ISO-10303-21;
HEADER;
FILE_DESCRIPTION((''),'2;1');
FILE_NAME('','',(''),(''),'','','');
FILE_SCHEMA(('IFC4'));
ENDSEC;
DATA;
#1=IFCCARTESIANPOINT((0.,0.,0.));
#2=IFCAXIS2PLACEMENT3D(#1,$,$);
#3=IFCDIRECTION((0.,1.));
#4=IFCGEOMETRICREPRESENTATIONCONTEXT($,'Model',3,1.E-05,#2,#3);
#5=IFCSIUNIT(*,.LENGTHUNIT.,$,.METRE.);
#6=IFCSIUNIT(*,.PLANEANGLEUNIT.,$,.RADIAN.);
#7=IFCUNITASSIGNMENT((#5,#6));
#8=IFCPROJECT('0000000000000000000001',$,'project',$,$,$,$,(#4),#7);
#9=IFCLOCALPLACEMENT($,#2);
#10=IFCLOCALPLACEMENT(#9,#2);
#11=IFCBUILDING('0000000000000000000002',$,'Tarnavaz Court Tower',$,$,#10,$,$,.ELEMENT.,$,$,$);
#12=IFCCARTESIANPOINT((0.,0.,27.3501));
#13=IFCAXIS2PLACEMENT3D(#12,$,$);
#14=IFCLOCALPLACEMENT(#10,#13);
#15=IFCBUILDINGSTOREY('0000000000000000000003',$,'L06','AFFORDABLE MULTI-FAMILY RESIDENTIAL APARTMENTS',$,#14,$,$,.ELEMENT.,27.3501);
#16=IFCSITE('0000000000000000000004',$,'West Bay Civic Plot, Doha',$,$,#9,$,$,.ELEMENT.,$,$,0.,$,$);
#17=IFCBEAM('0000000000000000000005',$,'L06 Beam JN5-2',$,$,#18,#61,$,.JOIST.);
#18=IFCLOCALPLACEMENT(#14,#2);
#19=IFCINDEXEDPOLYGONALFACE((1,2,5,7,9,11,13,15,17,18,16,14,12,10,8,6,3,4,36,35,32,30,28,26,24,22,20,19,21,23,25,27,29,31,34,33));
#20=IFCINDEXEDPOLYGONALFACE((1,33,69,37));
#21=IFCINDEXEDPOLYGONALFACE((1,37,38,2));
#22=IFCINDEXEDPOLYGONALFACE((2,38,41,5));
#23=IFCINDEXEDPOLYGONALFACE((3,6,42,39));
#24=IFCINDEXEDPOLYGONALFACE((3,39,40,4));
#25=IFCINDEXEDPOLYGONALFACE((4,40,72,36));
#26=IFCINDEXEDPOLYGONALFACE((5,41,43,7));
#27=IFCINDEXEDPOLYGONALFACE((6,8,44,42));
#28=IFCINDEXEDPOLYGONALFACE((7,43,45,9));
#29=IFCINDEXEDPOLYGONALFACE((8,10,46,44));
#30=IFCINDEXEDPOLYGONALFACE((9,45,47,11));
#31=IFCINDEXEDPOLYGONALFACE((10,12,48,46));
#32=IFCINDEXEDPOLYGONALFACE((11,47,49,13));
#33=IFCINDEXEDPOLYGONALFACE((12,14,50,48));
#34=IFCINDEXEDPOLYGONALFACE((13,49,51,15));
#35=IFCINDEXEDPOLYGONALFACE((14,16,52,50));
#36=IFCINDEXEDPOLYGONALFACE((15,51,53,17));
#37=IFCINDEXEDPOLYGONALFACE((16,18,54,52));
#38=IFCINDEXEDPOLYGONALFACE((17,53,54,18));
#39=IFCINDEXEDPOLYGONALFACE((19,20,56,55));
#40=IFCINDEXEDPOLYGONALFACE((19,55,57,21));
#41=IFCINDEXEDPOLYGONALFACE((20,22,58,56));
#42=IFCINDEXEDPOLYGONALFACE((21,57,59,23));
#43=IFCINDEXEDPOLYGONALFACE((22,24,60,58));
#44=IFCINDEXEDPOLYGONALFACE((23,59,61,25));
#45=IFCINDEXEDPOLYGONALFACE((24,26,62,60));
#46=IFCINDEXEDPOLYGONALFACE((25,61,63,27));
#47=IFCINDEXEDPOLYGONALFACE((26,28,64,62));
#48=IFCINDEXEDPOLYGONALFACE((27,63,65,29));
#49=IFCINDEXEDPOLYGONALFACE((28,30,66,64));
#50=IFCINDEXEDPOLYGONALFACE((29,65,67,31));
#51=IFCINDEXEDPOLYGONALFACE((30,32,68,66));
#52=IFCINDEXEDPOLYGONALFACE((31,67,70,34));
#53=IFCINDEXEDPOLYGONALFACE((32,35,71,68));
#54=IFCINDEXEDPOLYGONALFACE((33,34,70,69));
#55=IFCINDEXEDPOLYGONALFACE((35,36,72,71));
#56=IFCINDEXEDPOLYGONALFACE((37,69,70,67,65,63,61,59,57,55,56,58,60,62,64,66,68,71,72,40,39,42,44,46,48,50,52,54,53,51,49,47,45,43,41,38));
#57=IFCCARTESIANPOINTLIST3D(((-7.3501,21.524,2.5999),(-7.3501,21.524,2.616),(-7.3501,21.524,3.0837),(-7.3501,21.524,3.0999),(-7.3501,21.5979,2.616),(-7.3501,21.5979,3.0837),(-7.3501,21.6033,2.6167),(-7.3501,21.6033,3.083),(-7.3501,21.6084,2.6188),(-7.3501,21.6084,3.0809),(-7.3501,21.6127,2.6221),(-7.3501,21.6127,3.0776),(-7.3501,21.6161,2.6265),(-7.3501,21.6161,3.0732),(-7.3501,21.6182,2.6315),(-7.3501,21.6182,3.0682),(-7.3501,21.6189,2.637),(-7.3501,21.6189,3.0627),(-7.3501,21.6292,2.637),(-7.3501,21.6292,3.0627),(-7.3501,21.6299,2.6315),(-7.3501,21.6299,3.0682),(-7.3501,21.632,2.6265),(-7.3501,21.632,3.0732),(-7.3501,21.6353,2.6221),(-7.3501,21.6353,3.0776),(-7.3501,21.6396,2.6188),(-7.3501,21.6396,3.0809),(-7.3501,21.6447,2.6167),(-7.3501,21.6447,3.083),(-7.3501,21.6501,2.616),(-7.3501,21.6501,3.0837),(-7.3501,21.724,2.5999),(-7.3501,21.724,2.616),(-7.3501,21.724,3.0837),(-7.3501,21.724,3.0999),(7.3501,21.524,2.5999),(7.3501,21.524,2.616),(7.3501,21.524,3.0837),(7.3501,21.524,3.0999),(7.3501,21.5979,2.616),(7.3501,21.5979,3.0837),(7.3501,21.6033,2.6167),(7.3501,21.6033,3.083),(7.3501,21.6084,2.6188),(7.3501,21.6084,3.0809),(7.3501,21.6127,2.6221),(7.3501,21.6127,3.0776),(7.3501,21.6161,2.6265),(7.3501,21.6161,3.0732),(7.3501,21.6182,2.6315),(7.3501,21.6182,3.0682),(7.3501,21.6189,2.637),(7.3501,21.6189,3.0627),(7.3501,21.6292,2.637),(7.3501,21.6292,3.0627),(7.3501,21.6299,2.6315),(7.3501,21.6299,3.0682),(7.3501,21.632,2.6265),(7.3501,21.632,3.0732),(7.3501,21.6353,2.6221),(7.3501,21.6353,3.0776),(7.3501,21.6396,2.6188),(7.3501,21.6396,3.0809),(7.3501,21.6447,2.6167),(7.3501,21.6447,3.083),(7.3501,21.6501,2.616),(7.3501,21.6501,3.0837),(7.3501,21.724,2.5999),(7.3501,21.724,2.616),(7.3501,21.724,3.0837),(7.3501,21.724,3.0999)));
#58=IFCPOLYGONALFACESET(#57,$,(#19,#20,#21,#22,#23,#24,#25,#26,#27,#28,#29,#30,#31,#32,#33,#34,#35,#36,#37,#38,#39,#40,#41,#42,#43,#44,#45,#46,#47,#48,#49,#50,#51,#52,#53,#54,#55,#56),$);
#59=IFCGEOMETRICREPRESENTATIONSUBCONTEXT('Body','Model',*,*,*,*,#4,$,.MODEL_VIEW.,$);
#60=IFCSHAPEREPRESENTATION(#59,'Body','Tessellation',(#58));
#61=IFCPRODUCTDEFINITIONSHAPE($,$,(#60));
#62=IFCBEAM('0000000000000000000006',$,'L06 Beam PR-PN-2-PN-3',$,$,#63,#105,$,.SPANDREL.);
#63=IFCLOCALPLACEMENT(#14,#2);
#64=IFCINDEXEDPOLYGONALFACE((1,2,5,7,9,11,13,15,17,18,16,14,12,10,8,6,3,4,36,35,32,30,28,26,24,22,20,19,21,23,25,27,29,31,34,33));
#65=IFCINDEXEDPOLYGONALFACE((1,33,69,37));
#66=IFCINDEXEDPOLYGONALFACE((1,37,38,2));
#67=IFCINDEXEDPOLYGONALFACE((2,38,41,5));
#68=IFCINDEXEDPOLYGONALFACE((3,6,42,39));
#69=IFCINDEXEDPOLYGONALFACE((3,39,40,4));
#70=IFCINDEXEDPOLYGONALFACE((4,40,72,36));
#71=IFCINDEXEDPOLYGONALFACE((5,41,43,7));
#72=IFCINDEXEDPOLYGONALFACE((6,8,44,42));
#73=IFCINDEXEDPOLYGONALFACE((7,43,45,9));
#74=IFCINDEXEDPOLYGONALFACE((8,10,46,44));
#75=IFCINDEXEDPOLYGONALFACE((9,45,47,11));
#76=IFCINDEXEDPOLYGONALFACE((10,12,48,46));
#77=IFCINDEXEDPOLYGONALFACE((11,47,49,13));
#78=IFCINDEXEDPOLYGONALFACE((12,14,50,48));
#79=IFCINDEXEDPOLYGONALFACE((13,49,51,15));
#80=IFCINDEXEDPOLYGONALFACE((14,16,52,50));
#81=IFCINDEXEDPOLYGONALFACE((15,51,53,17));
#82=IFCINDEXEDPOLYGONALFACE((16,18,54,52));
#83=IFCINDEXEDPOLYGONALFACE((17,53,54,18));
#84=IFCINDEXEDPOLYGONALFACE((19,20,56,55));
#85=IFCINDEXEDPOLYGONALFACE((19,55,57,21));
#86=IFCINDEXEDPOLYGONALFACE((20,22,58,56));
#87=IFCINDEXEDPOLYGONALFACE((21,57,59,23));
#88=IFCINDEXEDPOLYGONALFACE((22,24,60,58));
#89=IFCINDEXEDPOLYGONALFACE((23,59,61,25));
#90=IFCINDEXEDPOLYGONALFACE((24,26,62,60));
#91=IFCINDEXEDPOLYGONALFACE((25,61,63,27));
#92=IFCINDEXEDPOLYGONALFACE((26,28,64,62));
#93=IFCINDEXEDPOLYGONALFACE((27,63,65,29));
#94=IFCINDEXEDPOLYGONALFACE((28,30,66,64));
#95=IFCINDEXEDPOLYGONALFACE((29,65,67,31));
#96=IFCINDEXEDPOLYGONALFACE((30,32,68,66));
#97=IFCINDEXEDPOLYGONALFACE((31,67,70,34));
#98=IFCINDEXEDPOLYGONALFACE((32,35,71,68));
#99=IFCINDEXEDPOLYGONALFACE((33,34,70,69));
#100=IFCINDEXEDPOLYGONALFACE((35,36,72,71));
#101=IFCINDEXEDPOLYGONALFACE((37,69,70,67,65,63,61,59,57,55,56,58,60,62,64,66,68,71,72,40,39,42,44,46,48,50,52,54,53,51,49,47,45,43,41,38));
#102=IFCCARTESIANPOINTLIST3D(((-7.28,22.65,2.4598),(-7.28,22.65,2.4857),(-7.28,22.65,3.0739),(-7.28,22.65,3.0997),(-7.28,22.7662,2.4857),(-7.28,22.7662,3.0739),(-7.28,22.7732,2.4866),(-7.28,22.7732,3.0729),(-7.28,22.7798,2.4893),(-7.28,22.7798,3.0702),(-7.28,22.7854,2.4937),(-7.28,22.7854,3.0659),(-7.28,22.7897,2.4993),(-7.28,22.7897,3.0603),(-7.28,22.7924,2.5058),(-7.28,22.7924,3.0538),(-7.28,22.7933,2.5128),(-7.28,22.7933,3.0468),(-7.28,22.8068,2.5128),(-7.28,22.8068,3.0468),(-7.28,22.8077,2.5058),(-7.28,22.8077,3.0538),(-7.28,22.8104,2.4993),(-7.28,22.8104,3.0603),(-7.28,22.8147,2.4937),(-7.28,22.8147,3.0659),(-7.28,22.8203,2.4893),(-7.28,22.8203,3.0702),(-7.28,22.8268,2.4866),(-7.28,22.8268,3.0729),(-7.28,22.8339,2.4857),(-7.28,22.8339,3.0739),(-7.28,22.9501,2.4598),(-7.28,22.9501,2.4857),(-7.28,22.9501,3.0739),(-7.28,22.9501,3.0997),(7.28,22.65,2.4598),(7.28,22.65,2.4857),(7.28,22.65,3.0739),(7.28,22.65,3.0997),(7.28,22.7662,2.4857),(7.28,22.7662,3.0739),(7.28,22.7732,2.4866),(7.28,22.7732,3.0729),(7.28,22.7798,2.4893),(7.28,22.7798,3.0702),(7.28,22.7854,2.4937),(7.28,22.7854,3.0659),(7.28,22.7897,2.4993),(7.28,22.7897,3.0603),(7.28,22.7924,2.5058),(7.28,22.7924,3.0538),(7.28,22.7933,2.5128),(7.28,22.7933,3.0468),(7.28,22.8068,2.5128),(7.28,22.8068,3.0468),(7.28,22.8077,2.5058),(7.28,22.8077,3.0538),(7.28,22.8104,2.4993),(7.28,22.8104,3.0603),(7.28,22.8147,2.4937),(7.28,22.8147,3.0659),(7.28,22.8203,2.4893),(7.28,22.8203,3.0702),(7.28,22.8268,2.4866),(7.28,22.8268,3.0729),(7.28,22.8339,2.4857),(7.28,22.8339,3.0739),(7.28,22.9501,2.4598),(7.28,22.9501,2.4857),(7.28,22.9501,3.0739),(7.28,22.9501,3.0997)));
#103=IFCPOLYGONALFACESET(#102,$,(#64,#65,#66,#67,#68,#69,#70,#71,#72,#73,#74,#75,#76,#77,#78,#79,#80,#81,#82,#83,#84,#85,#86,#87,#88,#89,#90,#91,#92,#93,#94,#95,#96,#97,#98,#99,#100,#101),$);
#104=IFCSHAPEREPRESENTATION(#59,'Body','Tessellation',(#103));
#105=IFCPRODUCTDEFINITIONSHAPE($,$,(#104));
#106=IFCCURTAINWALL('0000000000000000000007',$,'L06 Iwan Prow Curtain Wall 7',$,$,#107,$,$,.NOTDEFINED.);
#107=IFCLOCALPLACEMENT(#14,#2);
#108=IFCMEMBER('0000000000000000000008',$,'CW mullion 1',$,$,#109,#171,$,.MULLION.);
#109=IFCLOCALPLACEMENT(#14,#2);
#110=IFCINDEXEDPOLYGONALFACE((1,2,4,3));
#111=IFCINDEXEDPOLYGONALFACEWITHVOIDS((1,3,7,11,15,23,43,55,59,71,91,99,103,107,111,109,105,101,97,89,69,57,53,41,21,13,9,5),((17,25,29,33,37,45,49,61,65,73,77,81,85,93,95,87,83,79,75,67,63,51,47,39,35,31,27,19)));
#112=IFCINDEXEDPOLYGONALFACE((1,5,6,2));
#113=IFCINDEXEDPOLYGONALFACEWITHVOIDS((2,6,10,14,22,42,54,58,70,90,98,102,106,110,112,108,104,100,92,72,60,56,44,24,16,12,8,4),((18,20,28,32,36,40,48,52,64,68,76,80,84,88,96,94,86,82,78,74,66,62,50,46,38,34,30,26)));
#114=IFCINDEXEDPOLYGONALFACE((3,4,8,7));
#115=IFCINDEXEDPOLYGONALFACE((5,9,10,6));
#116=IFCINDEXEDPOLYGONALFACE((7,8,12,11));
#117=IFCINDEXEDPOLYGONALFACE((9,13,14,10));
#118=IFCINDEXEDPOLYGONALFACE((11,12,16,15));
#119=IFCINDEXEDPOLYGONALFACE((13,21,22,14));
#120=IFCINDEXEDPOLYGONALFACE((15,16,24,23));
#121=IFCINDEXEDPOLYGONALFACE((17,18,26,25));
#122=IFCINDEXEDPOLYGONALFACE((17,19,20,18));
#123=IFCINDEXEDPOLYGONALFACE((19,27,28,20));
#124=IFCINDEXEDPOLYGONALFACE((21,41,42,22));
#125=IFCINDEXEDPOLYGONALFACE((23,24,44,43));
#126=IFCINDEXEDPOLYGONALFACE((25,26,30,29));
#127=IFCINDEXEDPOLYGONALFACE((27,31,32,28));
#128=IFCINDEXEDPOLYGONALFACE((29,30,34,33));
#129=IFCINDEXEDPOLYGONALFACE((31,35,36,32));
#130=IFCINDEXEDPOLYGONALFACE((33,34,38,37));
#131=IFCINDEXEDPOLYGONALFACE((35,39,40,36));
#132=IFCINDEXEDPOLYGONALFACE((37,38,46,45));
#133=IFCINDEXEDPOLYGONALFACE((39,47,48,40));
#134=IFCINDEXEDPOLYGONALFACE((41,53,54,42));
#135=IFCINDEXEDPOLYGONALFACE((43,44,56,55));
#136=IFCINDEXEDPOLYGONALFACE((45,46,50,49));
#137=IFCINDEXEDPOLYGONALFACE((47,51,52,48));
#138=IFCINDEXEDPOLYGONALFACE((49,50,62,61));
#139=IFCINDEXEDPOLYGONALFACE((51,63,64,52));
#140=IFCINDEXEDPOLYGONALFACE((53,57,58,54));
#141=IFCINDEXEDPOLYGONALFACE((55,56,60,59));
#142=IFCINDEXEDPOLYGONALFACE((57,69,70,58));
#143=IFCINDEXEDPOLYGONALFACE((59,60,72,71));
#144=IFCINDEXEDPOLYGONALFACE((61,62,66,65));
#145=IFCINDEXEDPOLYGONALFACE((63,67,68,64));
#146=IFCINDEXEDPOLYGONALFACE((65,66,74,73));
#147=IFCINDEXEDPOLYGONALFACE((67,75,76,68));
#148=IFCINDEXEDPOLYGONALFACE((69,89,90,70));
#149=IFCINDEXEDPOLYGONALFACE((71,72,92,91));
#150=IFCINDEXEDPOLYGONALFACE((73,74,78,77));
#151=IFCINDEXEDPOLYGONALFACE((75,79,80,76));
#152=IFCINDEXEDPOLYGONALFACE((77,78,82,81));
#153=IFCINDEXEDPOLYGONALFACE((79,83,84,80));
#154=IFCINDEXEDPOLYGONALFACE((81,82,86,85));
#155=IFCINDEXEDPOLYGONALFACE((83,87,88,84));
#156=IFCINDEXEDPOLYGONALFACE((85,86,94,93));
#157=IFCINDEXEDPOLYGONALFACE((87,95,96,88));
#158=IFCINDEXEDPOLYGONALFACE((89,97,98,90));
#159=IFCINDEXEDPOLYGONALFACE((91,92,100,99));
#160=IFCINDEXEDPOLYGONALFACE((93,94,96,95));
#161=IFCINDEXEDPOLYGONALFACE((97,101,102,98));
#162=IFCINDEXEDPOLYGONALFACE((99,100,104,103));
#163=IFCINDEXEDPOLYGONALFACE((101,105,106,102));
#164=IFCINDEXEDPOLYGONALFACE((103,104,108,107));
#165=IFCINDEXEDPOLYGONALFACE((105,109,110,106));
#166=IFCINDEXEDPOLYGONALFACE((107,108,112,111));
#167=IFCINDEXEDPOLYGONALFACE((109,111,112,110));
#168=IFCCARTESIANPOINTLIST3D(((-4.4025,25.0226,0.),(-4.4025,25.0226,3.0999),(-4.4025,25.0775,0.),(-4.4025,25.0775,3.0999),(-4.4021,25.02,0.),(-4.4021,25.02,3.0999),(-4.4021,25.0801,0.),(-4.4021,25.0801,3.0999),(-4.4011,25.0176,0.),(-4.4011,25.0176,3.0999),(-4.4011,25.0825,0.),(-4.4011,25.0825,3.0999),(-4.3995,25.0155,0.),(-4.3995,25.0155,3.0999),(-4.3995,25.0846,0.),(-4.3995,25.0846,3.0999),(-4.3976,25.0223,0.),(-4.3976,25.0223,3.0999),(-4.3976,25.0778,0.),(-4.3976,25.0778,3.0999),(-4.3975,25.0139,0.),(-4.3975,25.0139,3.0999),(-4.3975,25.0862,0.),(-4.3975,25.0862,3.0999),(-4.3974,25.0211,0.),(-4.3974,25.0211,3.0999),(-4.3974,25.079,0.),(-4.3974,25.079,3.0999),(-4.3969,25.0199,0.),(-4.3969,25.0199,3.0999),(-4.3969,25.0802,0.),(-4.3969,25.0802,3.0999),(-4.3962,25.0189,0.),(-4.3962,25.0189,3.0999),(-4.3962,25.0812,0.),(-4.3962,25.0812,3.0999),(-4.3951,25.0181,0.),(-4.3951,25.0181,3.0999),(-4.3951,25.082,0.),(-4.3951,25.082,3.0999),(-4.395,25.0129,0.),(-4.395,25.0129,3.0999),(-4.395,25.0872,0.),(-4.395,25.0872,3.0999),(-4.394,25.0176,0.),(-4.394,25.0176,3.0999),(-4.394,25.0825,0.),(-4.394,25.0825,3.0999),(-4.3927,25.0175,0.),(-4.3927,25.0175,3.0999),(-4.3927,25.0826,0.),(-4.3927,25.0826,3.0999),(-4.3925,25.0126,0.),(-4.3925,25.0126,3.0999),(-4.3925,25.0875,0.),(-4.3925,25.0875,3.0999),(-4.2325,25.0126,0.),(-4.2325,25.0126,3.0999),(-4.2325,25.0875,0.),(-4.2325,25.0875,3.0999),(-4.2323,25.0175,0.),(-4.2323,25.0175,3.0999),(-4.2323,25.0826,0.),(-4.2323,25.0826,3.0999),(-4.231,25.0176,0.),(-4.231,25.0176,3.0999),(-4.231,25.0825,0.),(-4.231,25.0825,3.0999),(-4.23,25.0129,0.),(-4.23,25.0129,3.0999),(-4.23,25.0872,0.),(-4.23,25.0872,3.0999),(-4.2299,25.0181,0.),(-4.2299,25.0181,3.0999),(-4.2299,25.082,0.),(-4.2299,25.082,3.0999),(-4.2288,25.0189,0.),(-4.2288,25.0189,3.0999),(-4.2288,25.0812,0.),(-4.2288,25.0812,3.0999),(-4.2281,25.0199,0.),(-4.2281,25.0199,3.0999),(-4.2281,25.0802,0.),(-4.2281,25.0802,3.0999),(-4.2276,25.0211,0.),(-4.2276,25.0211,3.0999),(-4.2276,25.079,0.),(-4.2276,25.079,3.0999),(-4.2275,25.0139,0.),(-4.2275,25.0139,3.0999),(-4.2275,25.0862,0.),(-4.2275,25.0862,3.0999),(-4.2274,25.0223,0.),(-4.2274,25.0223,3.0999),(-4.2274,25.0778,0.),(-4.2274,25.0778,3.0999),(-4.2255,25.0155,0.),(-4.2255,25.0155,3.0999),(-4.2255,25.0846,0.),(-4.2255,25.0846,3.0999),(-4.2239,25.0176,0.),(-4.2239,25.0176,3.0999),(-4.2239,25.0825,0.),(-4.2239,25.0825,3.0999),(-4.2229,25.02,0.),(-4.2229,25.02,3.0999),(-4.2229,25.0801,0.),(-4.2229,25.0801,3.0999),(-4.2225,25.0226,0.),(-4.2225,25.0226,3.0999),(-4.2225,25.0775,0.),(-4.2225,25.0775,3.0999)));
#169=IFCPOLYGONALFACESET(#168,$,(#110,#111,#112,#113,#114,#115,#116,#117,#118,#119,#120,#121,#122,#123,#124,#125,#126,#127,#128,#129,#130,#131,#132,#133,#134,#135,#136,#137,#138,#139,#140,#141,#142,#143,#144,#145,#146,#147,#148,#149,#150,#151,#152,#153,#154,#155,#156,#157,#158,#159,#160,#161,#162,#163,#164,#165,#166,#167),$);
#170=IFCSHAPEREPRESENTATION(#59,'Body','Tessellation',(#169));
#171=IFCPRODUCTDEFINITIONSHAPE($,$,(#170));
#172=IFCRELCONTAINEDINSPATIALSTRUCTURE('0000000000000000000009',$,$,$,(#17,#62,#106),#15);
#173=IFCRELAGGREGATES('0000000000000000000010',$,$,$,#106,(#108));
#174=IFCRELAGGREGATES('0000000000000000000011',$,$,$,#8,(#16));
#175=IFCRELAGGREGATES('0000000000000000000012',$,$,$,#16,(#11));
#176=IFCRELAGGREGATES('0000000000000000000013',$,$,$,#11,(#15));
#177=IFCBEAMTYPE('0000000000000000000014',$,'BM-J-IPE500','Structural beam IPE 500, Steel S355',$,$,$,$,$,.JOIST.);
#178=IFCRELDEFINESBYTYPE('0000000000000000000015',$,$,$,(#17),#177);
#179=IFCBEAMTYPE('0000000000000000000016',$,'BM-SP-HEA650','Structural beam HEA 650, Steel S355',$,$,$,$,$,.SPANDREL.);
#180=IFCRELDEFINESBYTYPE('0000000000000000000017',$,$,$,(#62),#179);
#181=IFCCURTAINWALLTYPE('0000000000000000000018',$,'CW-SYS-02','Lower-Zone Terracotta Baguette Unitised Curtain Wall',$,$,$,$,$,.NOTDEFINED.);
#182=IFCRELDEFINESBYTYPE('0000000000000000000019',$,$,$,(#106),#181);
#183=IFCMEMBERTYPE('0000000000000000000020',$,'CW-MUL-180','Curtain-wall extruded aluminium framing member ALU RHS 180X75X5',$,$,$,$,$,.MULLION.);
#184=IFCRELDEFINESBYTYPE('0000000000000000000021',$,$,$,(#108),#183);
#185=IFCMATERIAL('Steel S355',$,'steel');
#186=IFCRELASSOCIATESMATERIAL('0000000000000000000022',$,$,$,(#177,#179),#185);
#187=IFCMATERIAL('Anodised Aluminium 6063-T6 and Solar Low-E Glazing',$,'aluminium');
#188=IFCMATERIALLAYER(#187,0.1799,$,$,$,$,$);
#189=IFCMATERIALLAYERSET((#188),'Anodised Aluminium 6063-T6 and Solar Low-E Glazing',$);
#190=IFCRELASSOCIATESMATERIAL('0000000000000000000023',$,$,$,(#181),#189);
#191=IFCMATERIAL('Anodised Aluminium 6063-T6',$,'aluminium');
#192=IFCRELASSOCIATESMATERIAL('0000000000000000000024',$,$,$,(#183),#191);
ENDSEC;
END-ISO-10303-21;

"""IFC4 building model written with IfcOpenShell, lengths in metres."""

from ifc_helpers import new_model, si_unit, direction, frame, origin, origin_2d, place, context, subcontext, project, spatial, hollow_rectangle, i_section, extrude, material, layer, layer_set, material_profile, profile_set, type_object, element, aggregate, save


model = new_model("IFC4")

# Units and contexts
model_context = context("Model", 3, precision=1e-05, world=origin(), true_north=direction((0.0, 1.0)))
body_context = subcontext(model_context, "Body", "Model", "MODEL_VIEW")
ifc_project = project(units=[si_unit("LENGTHUNIT", "METRE"), si_unit("PLANEANGLEUNIT", "RADIAN")], contexts=[model_context])

# Site, building, storey
site_placement = place(None, origin())
site = spatial("IfcSite", under=ifc_project, at=site_placement, Name="West Bay Civic Plot, Doha", CompositionType="ELEMENT", RefElevation=0.0)
building_placement = place(site_placement, origin())
building = spatial("IfcBuilding", under=site, at=building_placement, Name="Tarnavaz Court Tower", CompositionType="ELEMENT")
storey_placement = place(building_placement, frame((0.0, 0.0, 27.3501)))
storey = spatial("IfcBuildingStorey", under=building, at=storey_placement, Name="L06", Description="AFFORDABLE MULTI-FAMILY RESIDENTIAL APARTMENTS", CompositionType="ELEMENT", Elevation=27.3501)

# Beams
ifc_material_1 = material(Name="Steel S355", Category="steel")
ifc_material_profile_1 = material_profile(ifc_material_1, i_section(OverallWidth=0.2, OverallDepth=0.5, WebThickness=0.0103, FlangeThickness=0.0161, FilletRadius=0.021, at=origin_2d()), Name="IPE 500")
ifc_profile_set_1 = profile_set([ifc_material_profile_1], Name="Steel S355")
beam_type_1 = type_object("IfcBeamType", Name="BM-J-IPE500", Description="Structural beam IPE 500, Steel S355", PredefinedType="JOIST", material=ifc_profile_set_1)
for number, where, z_axis, x_axis, name in (
    (1, (-7.3501, 21.624, 2.8499), (1.0, 0.0, 0.0), (0.0, 1.0, 0.0), "L06 Beam JN5-2"),
):
    element("IfcBeam", number, at=place(storey_placement, frame(where, z_axis=z_axis, x_axis=x_axis)), inside=storey, type_object=beam_type_1, Name=name, PredefinedType="JOIST", context=body_context, shape_type="SweptSolid", body=[
        extrude(i_section(OverallWidth=0.2, OverallDepth=0.5, WebThickness=0.0103, FlangeThickness=0.0161, FilletRadius=0.021, at=origin_2d()), origin(), (0.0, 0.0, 1.0), 14.7002),
    ])
ifc_material_profile_2 = material_profile(ifc_material_1, i_section(OverallWidth=0.3, OverallDepth=0.6399, WebThickness=0.0134, FlangeThickness=0.0259, FilletRadius=0.0271, at=origin_2d()), Name="HEA 650")
ifc_profile_set_2 = profile_set([ifc_material_profile_2], Name="Steel S355")
beam_type_2 = type_object("IfcBeamType", Name="BM-SP-HEA650", Description="Structural beam HEA 650, Steel S355", PredefinedType="SPANDREL", material=ifc_profile_set_2)
beam_placement = place(storey_placement, frame((-7.28, 22.8, 2.7798), z_axis=(1.0, 0.0, 0.0), x_axis=(0.0, 1.0, 0.0)))
element("IfcBeam", 2, at=beam_placement, inside=storey, type_object=beam_type_2, Name="L06 Beam PR-PN-2-PN-3", PredefinedType="SPANDREL", context=body_context, shape_type="SweptSolid", body=[
    extrude(i_section(OverallWidth=0.3, OverallDepth=0.6399, WebThickness=0.0134, FlangeThickness=0.0259, FilletRadius=0.0271, at=origin_2d()), origin(), (0.0, 0.0, 1.0), 14.5601),
])

# Curtain wall, member
ifc_material_2 = material(Name="Anodised Aluminium 6063-T6 and Solar Low-E Glazing", Category="aluminium")
ifc_layer_1 = layer(ifc_material_2, 0.1799)
ifc_layer_set_1 = layer_set([ifc_layer_1], Name="Anodised Aluminium 6063-T6 and Solar Low-E Glazing")
curtain_wall_type = type_object("IfcCurtainWallType", Name="CW-SYS-02", Description="Lower-Zone Terracotta Baguette Unitised Curtain Wall", PredefinedType="NOTDEFINED", material=ifc_layer_set_1)
curtain_wall_placement = place(storey_placement, origin())
curtain_wall = element("IfcCurtainWall", 3, at=curtain_wall_placement, inside=storey, type_object=curtain_wall_type, Name="L06 Iwan Prow Curtain Wall 7", PredefinedType="NOTDEFINED")
ifc_material_3 = material(Name="Anodised Aluminium 6063-T6", Category="aluminium")
ifc_material_profile_3 = material_profile(ifc_material_3, hollow_rectangle(XDim=0.075, YDim=0.1799, WallThickness=0.0049, InnerFilletRadius=0.0049, OuterFilletRadius=0.01, at=origin_2d()), Name="ALU RHS 180X75X5")
ifc_profile_set_3 = profile_set([ifc_material_profile_3], Name="Anodised Aluminium 6063-T6")
member_type_1 = type_object("IfcMemberType", Name="CW-MUL-180", Description="Curtain-wall extruded aluminium framing member ALU RHS 180X75X5", PredefinedType="MULLION", material=ifc_profile_set_3)
member_1_placement = place(storey_placement, frame((-4.3125, 25.05, 0.0), z_axis=(0.0, 0.0, 1.0), x_axis=(0.0, 1.0, 0.0)))
member_1 = element("IfcMember", 4, at=member_1_placement, type_object=member_type_1, Name="CW mullion 1", PredefinedType="MULLION", context=body_context, shape_type="SweptSolid", body=[
    extrude(hollow_rectangle(XDim=0.075, YDim=0.1799, WallThickness=0.0049, InnerFilletRadius=0.0049, OuterFilletRadius=0.01, at=origin_2d()), origin(), (0.0, 0.0, 1.0), 3.0999),
])
aggregate(curtain_wall, [member_1])

save(model, "model.ifc")
